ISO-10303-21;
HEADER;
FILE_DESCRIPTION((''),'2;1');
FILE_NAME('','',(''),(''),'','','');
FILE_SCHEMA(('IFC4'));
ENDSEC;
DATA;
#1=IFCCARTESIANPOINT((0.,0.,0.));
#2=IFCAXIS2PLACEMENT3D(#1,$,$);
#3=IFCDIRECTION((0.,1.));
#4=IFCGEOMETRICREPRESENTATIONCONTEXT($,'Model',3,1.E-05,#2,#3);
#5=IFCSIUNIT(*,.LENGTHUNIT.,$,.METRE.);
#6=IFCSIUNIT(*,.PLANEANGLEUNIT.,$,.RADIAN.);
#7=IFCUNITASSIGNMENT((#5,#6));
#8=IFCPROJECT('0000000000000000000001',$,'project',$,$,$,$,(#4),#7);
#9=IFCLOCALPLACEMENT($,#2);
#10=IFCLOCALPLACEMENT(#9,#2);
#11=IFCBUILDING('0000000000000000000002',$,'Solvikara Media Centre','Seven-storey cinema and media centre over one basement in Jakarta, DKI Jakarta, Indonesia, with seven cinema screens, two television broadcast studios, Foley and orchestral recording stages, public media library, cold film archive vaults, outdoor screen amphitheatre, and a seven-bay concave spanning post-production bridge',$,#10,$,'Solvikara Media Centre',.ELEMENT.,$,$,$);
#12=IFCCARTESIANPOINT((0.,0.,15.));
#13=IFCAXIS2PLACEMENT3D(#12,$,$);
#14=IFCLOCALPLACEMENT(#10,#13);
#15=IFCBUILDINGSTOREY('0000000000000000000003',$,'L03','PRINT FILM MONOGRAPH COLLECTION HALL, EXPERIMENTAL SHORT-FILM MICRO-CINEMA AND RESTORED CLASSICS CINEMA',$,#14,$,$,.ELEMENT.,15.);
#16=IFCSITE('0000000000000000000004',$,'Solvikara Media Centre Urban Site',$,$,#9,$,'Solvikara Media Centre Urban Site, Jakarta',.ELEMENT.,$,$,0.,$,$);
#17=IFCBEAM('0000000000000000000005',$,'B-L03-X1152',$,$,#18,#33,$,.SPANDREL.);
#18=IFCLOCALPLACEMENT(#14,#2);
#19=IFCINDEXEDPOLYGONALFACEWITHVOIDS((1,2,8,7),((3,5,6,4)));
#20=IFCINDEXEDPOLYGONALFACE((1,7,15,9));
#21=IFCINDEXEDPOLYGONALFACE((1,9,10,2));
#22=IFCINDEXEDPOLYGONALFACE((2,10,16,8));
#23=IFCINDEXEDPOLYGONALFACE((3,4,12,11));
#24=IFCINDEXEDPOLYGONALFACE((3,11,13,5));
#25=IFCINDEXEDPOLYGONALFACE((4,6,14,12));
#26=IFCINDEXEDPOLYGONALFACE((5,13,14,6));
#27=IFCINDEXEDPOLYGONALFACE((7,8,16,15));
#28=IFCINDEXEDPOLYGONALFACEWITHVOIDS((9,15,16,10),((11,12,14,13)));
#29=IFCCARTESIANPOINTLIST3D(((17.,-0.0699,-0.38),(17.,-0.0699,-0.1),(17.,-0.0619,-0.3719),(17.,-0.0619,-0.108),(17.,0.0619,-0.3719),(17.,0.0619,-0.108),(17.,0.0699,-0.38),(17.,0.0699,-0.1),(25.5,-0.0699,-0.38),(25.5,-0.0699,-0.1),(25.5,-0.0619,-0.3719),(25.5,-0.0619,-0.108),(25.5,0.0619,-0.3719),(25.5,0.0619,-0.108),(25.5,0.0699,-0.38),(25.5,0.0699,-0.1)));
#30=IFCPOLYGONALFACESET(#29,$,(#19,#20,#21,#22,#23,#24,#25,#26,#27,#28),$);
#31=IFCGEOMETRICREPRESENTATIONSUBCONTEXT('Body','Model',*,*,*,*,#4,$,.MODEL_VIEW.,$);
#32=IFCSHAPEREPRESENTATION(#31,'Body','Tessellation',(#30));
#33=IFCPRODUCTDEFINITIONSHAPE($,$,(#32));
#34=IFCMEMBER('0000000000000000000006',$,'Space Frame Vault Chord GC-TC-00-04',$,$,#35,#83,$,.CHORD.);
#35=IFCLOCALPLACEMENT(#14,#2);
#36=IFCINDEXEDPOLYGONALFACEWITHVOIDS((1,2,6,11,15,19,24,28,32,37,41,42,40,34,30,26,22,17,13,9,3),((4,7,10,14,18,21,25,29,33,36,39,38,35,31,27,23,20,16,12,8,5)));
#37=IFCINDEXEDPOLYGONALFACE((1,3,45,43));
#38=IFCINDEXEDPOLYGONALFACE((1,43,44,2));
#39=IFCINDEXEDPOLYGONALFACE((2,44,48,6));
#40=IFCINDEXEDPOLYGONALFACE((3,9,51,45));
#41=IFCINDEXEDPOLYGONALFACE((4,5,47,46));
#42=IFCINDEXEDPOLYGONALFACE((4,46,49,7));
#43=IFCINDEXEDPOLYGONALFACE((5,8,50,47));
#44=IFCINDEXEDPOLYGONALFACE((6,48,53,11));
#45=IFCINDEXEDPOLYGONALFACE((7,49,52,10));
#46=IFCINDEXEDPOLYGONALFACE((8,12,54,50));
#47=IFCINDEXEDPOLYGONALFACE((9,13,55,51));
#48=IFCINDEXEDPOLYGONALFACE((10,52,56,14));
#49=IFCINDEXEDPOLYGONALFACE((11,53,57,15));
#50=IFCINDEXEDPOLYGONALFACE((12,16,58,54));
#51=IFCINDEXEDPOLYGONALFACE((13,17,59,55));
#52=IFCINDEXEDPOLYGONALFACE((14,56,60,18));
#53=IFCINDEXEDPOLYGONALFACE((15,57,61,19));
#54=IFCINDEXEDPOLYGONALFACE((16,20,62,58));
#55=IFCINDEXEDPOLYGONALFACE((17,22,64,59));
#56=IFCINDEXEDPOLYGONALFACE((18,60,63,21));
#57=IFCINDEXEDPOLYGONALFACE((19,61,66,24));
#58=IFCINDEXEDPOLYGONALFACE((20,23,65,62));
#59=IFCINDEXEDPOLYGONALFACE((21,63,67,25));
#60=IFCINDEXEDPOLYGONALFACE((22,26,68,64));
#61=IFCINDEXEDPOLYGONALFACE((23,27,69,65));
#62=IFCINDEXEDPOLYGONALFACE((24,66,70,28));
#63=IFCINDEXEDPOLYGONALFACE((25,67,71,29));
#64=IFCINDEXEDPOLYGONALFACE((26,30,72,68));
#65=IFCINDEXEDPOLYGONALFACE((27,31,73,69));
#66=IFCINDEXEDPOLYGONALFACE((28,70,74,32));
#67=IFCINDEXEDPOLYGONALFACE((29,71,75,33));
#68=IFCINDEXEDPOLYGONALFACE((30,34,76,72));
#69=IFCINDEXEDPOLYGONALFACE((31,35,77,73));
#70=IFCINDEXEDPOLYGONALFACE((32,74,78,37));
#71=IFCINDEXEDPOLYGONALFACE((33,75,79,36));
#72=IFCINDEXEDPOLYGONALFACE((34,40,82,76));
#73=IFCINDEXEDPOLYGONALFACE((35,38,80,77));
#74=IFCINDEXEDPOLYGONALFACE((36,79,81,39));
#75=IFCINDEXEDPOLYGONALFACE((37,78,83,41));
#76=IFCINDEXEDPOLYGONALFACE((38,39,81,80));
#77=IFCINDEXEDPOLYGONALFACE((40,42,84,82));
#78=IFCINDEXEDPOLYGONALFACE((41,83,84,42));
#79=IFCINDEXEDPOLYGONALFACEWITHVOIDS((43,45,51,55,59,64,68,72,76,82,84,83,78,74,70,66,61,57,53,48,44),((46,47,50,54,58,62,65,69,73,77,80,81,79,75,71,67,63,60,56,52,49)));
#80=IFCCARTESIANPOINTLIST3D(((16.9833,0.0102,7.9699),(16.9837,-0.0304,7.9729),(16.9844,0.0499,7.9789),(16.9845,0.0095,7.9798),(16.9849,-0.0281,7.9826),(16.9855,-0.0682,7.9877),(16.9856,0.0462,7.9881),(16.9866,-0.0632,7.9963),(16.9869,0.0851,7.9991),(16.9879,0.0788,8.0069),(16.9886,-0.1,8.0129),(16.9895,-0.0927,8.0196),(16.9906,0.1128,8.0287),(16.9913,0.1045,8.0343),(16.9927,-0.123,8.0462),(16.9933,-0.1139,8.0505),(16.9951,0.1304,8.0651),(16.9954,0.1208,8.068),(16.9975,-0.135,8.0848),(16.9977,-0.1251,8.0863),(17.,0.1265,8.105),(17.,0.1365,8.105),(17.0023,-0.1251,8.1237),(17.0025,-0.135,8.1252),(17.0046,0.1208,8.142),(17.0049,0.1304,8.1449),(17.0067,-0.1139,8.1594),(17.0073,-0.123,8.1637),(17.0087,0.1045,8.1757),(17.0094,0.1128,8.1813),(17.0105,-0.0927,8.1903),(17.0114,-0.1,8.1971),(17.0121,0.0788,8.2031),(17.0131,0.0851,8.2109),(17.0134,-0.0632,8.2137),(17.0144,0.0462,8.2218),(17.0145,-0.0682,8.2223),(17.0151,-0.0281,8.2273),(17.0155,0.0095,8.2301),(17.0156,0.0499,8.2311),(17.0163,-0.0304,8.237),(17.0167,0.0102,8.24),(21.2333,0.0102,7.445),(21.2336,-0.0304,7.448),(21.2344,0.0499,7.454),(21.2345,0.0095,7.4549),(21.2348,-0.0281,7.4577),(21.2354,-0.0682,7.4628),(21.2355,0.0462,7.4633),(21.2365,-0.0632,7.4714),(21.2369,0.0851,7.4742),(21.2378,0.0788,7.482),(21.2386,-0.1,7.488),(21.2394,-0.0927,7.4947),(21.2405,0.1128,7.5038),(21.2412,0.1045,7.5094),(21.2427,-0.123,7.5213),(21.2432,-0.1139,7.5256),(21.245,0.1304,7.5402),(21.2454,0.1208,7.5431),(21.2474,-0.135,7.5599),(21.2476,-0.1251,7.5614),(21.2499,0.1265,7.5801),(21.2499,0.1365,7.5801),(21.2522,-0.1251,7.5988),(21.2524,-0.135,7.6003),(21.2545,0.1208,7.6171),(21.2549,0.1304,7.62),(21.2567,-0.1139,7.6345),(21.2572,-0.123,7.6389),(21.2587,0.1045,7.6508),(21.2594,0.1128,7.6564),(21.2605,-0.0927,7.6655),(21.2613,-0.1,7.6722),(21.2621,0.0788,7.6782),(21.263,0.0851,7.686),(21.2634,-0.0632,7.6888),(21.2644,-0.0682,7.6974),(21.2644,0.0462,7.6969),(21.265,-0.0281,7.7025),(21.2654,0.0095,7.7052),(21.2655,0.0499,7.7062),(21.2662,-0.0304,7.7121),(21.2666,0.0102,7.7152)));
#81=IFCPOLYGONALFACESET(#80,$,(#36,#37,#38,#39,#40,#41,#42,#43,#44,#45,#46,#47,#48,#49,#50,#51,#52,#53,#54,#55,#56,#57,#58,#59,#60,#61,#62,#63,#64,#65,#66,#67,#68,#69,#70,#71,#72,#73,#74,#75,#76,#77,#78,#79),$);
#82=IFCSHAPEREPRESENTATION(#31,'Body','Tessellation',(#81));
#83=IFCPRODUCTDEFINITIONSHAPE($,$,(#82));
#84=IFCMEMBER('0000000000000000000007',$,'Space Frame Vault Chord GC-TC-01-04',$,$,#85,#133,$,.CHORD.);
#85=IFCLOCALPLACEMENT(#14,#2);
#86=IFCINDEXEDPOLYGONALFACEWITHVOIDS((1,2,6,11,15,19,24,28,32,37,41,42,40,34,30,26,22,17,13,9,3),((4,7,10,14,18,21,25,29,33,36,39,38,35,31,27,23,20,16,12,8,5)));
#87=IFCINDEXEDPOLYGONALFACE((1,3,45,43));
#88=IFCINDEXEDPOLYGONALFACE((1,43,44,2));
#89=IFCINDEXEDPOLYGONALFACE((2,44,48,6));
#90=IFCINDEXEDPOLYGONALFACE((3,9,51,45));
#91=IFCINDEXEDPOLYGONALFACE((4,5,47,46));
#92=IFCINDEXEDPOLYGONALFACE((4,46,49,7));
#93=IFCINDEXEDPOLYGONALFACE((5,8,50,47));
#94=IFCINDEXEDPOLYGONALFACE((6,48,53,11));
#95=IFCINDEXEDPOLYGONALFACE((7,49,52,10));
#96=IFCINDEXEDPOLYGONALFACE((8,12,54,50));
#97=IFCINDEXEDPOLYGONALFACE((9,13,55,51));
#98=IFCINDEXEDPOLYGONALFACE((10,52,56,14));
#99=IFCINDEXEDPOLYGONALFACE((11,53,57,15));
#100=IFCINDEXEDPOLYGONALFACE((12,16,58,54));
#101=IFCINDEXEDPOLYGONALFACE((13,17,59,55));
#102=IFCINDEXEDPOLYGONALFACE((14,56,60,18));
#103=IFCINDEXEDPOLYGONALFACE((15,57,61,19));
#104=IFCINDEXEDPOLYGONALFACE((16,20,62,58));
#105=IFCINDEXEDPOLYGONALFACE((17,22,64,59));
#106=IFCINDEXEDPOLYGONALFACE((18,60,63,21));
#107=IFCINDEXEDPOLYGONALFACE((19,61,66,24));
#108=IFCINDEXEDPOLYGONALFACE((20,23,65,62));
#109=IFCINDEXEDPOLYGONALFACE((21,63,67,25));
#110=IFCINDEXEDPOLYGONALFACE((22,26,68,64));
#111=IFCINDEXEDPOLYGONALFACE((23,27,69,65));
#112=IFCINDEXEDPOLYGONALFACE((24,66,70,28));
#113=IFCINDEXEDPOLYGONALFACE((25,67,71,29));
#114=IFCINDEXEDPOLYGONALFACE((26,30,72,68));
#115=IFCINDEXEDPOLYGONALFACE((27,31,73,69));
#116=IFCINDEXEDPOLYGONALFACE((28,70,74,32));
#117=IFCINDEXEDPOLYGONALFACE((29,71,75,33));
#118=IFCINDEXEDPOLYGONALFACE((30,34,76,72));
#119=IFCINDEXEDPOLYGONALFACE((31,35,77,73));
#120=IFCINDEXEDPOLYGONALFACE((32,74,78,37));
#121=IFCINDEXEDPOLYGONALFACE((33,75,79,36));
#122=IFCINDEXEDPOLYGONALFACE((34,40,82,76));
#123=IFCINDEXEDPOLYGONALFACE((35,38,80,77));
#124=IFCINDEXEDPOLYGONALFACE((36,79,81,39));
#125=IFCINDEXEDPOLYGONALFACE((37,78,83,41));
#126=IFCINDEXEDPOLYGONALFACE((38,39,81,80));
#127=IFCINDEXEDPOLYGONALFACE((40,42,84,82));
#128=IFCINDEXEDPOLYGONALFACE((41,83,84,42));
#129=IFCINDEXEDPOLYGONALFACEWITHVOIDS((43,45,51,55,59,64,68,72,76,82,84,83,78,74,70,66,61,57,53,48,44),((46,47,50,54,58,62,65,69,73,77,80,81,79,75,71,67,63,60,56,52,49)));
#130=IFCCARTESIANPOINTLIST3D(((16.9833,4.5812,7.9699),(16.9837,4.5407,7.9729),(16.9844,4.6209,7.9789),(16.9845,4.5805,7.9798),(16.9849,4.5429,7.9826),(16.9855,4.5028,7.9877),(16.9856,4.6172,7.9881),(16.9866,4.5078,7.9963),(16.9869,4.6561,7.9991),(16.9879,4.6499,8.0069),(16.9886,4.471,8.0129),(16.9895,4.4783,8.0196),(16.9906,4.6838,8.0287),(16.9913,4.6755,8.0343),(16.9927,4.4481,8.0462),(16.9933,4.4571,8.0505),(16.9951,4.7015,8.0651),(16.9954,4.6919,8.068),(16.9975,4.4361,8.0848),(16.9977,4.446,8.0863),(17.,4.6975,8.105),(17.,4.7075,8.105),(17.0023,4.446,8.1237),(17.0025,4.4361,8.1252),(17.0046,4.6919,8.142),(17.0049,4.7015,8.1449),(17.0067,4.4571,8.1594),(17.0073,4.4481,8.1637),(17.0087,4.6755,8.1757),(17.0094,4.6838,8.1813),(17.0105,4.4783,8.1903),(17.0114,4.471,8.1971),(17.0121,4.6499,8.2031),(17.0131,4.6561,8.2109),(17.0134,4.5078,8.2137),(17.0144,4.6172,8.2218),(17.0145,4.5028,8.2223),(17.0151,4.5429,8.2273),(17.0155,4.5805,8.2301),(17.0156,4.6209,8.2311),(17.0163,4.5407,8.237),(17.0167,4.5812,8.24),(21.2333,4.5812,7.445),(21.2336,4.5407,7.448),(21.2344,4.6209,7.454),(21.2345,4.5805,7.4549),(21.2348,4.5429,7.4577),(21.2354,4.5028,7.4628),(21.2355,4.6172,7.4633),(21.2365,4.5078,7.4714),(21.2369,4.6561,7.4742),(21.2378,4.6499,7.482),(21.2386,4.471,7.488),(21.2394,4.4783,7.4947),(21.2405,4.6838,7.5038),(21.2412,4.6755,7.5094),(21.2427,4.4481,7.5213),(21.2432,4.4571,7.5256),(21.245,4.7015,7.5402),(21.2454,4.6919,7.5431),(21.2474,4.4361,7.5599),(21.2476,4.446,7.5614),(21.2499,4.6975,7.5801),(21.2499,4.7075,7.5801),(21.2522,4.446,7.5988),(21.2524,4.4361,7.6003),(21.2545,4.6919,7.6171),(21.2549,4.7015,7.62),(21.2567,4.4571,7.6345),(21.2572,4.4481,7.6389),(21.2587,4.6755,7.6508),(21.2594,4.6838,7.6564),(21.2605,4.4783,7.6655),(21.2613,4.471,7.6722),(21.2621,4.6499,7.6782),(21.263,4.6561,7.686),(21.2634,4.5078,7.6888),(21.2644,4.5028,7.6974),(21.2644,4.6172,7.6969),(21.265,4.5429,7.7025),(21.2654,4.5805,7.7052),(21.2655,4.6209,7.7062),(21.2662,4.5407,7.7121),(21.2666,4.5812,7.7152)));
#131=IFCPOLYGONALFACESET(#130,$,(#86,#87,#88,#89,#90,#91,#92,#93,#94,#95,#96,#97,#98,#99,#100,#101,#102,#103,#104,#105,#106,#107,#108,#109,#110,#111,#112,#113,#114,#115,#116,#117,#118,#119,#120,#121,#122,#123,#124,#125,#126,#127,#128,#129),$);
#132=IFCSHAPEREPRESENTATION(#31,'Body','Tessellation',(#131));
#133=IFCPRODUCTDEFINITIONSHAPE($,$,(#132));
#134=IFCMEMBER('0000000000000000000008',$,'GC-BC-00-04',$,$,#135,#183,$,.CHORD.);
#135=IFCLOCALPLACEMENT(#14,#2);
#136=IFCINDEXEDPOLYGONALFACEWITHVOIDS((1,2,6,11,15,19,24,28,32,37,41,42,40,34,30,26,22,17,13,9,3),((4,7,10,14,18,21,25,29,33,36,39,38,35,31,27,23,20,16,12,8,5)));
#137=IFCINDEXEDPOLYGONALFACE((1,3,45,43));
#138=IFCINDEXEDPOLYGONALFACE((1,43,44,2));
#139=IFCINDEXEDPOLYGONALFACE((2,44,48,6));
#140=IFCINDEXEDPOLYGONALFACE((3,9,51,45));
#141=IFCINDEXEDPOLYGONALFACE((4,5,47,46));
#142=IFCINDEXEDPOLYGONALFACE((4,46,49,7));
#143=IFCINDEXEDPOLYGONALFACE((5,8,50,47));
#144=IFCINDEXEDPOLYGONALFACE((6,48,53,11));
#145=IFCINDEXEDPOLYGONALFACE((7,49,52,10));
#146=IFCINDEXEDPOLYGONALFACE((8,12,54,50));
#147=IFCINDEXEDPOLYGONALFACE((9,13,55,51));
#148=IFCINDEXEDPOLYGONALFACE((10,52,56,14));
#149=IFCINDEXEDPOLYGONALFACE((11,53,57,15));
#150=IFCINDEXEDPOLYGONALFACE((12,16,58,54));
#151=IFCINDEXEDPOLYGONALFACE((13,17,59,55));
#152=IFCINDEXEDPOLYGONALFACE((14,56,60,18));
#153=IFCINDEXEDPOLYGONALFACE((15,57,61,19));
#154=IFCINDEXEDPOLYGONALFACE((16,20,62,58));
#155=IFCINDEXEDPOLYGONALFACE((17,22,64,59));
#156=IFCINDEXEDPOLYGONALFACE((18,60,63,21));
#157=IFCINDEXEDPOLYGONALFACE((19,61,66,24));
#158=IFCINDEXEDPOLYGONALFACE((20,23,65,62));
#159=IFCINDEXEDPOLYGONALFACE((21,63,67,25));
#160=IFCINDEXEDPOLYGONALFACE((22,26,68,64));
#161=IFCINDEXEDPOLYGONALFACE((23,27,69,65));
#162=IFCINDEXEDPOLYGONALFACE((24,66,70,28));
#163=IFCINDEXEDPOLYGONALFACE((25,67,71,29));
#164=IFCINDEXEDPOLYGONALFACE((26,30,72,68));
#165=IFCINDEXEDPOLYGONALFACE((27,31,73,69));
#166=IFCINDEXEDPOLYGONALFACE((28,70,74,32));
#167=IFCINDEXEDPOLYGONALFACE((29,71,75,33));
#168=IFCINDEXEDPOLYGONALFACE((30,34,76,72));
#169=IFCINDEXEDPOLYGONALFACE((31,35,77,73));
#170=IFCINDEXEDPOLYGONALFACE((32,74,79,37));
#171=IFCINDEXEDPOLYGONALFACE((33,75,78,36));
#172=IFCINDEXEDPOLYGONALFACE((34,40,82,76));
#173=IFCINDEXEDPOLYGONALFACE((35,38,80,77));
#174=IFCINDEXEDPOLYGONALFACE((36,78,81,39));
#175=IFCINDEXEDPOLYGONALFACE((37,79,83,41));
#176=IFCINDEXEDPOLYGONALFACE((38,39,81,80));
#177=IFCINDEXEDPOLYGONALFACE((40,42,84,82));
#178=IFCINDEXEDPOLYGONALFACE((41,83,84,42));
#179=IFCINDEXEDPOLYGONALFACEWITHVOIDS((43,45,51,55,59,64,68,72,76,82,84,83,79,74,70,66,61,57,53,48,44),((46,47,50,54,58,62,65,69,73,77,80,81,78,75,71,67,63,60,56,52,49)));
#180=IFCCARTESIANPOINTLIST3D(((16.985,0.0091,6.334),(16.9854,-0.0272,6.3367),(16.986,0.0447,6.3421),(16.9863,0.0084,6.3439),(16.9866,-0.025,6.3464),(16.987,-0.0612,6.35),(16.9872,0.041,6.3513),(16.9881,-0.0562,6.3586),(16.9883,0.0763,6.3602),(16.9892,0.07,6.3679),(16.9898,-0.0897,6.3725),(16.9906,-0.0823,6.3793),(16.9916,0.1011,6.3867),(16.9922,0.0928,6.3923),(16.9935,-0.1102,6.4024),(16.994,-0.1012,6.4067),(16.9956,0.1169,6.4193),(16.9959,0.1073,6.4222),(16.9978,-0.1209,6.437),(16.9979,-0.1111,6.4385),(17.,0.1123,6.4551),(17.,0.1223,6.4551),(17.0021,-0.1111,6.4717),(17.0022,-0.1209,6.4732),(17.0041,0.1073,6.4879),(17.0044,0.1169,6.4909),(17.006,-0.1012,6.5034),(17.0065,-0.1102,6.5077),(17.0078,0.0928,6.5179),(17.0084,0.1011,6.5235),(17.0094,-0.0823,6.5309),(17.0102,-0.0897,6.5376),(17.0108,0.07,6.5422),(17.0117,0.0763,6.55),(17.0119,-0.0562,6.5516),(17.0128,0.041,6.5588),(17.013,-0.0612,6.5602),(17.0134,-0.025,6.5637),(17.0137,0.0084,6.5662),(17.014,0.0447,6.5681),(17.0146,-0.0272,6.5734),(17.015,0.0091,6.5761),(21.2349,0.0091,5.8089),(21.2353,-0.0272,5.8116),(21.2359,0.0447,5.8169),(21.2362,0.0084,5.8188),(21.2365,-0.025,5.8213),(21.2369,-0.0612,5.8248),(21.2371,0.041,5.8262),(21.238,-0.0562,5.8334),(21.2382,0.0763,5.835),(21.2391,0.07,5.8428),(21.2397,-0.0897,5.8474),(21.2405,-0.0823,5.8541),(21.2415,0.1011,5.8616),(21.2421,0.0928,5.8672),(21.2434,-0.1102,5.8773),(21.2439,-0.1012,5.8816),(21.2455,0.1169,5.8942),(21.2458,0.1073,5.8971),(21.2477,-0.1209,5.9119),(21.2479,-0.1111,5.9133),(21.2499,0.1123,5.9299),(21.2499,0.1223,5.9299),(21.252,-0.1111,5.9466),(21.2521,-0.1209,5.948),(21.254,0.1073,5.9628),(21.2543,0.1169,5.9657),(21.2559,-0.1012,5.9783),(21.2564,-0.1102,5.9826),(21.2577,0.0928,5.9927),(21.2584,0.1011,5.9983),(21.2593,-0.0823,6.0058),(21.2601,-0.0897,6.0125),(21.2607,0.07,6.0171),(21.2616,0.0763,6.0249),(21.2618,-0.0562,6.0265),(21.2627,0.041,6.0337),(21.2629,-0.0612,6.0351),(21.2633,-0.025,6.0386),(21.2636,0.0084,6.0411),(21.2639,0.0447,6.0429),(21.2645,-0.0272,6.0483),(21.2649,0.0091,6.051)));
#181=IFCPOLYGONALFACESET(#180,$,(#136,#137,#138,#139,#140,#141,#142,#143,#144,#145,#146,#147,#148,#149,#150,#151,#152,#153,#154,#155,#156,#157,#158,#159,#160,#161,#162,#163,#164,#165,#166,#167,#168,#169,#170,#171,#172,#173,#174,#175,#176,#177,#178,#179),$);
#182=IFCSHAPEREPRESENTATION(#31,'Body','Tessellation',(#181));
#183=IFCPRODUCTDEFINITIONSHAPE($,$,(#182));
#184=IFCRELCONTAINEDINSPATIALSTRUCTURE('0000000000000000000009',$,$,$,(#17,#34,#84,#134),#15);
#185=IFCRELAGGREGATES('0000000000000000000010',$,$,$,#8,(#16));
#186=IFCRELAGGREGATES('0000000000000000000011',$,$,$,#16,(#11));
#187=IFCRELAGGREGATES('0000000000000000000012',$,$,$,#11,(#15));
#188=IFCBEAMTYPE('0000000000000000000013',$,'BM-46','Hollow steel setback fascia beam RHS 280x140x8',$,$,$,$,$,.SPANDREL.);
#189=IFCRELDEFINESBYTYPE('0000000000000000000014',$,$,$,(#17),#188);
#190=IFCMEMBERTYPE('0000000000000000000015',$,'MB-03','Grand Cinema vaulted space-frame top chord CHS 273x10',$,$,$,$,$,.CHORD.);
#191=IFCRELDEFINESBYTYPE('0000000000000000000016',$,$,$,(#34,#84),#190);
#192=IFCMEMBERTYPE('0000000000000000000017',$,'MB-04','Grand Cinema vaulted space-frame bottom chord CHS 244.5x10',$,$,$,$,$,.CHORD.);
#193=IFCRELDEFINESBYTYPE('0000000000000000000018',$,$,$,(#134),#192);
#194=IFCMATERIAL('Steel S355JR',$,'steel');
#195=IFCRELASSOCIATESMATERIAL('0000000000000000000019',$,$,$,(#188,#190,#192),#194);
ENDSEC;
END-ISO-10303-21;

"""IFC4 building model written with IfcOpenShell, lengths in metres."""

from ifc_helpers import new_model, si_unit, direction, frame, origin, origin_2d, place, context, subcontext, project, spatial, hollow_rectangle, hollow_circle, extrude, material, material_profile, profile_set, type_object, element, save


model = new_model("IFC4")

# Units and contexts
model_context = context("Model", 3, precision=1e-05, world=origin(), true_north=direction((0.0, 1.0)))
body_context = subcontext(model_context, "Body", "Model", "MODEL_VIEW")
ifc_project = project(units=[si_unit("LENGTHUNIT", "METRE"), si_unit("PLANEANGLEUNIT", "RADIAN")], contexts=[model_context])

# Site, building, storey
site_placement = place(None, origin())
site = spatial("IfcSite", under=ifc_project, at=site_placement, Name="Solvikara Media Centre Urban Site", LongName="Solvikara Media Centre Urban Site, Jakarta", CompositionType="ELEMENT", RefElevation=0.0)
building_placement = place(site_placement, origin())
building = spatial("IfcBuilding", under=site, at=building_placement, Name="Solvikara Media Centre", Description="Seven-storey cinema and media centre over one basement in Jakarta, DKI Jakarta, Indonesia, with seven cinema screens, two television broadcast studios, Foley and orchestral recording stages, public media library, cold film archive vaults, outdoor screen amphitheatre, and a seven-bay concave spanning post-production bridge", LongName="Solvikara Media Centre", CompositionType="ELEMENT")
storey_placement = place(building_placement, frame((0.0, 0.0, 15.0)))
storey = spatial("IfcBuildingStorey", under=building, at=storey_placement, Name="L03", Description="PRINT FILM MONOGRAPH COLLECTION HALL, EXPERIMENTAL SHORT-FILM MICRO-CINEMA AND RESTORED CLASSICS CINEMA", CompositionType="ELEMENT", Elevation=15.0)

# Beam
ifc_material_1 = material(Name="Steel S355JR", Category="steel")
ifc_material_profile_1 = material_profile(ifc_material_1, hollow_rectangle(XDim=0.1399, YDim=0.28, WallThickness=0.0081, at=origin_2d()), Name="RHS 280x140x8")
ifc_profile_set_1 = profile_set([ifc_material_profile_1], Name="Steel S355JR")
beam_type = type_object("IfcBeamType", Name="BM-46", Description="Hollow steel setback fascia beam RHS 280x140x8", PredefinedType="SPANDREL", material=ifc_profile_set_1)
beam_placement = place(storey_placement, frame((17.0, 0.0, -0.24), z_axis=(1.0, 0.0, 0.0), x_axis=(0.0, 1.0, 0.0)))
element("IfcBeam", 1, at=beam_placement, inside=storey, type_object=beam_type, Name="B-L03-X1152", PredefinedType="SPANDREL", context=body_context, shape_type="SweptSolid", body=[
    extrude(hollow_rectangle(XDim=0.1399, YDim=0.28, WallThickness=0.0081, at=origin_2d()), origin(), (0.0, 0.0, 1.0), 8.5),
])

# Members
ifc_material_profile_2 = material_profile(ifc_material_1, hollow_circle(Radius=0.1365, WallThickness=0.01, at=origin_2d()), Name="CHS 273x10")
ifc_profile_set_2 = profile_set([ifc_material_profile_2], Name="Steel S355JR")
member_type_1 = type_object("IfcMemberType", Name="MB-03", Description="Grand Cinema vaulted space-frame top chord CHS 273x10", PredefinedType="CHORD", material=ifc_profile_set_2)
for number, where, z_axis, x_axis, name in (
    (2, (17.0, 0.0, 8.105), (0.992459, 0.0, -0.122575), (0.0, 1.0, 0.0), "Space Frame Vault Chord GC-TC-00-04"),
    (3, (17.0, 4.571, 8.105), (0.992459, 0.0, -0.122575), (0.0, 1.0, 0.0), "Space Frame Vault Chord GC-TC-01-04"),
):
    element("IfcMember", number, at=place(storey_placement, frame(where, z_axis=z_axis, x_axis=x_axis)), inside=storey, type_object=member_type_1, Name=name, PredefinedType="CHORD", context=body_context, shape_type="SweptSolid", body=[
        extrude(hollow_circle(Radius=0.1365, WallThickness=0.01, at=origin_2d()), origin(), (0.0, 0.0, 1.0), 4.2822),
    ])
ifc_material_profile_3 = material_profile(ifc_material_1, hollow_circle(Radius=0.1223, WallThickness=0.01, at=origin_2d()), Name="CHS 244.5x10")
ifc_profile_set_3 = profile_set([ifc_material_profile_3], Name="Steel S355JR")
member_type_2 = type_object("IfcMemberType", Name="MB-04", Description="Grand Cinema vaulted space-frame bottom chord CHS 244.5x10", PredefinedType="CHORD", material=ifc_profile_set_3)
for number, where, z_axis, x_axis, name in (
    (4, (17.0, 0.0, 6.4551), (0.992452, 0.0, -0.122631), (0.0, 1.0, 0.0), "GC-BC-00-04"),
):
    element("IfcMember", number, at=place(storey_placement, frame(where, z_axis=z_axis, x_axis=x_axis)), inside=storey, type_object=member_type_2, Name=name, PredefinedType="CHORD", context=body_context, shape_type="SweptSolid", body=[
        extrude(hollow_circle(Radius=0.1223, WallThickness=0.01, at=origin_2d()), origin(), (0.0, 0.0, 1.0), 4.2822),
    ])

save(model, "model.ifc")
